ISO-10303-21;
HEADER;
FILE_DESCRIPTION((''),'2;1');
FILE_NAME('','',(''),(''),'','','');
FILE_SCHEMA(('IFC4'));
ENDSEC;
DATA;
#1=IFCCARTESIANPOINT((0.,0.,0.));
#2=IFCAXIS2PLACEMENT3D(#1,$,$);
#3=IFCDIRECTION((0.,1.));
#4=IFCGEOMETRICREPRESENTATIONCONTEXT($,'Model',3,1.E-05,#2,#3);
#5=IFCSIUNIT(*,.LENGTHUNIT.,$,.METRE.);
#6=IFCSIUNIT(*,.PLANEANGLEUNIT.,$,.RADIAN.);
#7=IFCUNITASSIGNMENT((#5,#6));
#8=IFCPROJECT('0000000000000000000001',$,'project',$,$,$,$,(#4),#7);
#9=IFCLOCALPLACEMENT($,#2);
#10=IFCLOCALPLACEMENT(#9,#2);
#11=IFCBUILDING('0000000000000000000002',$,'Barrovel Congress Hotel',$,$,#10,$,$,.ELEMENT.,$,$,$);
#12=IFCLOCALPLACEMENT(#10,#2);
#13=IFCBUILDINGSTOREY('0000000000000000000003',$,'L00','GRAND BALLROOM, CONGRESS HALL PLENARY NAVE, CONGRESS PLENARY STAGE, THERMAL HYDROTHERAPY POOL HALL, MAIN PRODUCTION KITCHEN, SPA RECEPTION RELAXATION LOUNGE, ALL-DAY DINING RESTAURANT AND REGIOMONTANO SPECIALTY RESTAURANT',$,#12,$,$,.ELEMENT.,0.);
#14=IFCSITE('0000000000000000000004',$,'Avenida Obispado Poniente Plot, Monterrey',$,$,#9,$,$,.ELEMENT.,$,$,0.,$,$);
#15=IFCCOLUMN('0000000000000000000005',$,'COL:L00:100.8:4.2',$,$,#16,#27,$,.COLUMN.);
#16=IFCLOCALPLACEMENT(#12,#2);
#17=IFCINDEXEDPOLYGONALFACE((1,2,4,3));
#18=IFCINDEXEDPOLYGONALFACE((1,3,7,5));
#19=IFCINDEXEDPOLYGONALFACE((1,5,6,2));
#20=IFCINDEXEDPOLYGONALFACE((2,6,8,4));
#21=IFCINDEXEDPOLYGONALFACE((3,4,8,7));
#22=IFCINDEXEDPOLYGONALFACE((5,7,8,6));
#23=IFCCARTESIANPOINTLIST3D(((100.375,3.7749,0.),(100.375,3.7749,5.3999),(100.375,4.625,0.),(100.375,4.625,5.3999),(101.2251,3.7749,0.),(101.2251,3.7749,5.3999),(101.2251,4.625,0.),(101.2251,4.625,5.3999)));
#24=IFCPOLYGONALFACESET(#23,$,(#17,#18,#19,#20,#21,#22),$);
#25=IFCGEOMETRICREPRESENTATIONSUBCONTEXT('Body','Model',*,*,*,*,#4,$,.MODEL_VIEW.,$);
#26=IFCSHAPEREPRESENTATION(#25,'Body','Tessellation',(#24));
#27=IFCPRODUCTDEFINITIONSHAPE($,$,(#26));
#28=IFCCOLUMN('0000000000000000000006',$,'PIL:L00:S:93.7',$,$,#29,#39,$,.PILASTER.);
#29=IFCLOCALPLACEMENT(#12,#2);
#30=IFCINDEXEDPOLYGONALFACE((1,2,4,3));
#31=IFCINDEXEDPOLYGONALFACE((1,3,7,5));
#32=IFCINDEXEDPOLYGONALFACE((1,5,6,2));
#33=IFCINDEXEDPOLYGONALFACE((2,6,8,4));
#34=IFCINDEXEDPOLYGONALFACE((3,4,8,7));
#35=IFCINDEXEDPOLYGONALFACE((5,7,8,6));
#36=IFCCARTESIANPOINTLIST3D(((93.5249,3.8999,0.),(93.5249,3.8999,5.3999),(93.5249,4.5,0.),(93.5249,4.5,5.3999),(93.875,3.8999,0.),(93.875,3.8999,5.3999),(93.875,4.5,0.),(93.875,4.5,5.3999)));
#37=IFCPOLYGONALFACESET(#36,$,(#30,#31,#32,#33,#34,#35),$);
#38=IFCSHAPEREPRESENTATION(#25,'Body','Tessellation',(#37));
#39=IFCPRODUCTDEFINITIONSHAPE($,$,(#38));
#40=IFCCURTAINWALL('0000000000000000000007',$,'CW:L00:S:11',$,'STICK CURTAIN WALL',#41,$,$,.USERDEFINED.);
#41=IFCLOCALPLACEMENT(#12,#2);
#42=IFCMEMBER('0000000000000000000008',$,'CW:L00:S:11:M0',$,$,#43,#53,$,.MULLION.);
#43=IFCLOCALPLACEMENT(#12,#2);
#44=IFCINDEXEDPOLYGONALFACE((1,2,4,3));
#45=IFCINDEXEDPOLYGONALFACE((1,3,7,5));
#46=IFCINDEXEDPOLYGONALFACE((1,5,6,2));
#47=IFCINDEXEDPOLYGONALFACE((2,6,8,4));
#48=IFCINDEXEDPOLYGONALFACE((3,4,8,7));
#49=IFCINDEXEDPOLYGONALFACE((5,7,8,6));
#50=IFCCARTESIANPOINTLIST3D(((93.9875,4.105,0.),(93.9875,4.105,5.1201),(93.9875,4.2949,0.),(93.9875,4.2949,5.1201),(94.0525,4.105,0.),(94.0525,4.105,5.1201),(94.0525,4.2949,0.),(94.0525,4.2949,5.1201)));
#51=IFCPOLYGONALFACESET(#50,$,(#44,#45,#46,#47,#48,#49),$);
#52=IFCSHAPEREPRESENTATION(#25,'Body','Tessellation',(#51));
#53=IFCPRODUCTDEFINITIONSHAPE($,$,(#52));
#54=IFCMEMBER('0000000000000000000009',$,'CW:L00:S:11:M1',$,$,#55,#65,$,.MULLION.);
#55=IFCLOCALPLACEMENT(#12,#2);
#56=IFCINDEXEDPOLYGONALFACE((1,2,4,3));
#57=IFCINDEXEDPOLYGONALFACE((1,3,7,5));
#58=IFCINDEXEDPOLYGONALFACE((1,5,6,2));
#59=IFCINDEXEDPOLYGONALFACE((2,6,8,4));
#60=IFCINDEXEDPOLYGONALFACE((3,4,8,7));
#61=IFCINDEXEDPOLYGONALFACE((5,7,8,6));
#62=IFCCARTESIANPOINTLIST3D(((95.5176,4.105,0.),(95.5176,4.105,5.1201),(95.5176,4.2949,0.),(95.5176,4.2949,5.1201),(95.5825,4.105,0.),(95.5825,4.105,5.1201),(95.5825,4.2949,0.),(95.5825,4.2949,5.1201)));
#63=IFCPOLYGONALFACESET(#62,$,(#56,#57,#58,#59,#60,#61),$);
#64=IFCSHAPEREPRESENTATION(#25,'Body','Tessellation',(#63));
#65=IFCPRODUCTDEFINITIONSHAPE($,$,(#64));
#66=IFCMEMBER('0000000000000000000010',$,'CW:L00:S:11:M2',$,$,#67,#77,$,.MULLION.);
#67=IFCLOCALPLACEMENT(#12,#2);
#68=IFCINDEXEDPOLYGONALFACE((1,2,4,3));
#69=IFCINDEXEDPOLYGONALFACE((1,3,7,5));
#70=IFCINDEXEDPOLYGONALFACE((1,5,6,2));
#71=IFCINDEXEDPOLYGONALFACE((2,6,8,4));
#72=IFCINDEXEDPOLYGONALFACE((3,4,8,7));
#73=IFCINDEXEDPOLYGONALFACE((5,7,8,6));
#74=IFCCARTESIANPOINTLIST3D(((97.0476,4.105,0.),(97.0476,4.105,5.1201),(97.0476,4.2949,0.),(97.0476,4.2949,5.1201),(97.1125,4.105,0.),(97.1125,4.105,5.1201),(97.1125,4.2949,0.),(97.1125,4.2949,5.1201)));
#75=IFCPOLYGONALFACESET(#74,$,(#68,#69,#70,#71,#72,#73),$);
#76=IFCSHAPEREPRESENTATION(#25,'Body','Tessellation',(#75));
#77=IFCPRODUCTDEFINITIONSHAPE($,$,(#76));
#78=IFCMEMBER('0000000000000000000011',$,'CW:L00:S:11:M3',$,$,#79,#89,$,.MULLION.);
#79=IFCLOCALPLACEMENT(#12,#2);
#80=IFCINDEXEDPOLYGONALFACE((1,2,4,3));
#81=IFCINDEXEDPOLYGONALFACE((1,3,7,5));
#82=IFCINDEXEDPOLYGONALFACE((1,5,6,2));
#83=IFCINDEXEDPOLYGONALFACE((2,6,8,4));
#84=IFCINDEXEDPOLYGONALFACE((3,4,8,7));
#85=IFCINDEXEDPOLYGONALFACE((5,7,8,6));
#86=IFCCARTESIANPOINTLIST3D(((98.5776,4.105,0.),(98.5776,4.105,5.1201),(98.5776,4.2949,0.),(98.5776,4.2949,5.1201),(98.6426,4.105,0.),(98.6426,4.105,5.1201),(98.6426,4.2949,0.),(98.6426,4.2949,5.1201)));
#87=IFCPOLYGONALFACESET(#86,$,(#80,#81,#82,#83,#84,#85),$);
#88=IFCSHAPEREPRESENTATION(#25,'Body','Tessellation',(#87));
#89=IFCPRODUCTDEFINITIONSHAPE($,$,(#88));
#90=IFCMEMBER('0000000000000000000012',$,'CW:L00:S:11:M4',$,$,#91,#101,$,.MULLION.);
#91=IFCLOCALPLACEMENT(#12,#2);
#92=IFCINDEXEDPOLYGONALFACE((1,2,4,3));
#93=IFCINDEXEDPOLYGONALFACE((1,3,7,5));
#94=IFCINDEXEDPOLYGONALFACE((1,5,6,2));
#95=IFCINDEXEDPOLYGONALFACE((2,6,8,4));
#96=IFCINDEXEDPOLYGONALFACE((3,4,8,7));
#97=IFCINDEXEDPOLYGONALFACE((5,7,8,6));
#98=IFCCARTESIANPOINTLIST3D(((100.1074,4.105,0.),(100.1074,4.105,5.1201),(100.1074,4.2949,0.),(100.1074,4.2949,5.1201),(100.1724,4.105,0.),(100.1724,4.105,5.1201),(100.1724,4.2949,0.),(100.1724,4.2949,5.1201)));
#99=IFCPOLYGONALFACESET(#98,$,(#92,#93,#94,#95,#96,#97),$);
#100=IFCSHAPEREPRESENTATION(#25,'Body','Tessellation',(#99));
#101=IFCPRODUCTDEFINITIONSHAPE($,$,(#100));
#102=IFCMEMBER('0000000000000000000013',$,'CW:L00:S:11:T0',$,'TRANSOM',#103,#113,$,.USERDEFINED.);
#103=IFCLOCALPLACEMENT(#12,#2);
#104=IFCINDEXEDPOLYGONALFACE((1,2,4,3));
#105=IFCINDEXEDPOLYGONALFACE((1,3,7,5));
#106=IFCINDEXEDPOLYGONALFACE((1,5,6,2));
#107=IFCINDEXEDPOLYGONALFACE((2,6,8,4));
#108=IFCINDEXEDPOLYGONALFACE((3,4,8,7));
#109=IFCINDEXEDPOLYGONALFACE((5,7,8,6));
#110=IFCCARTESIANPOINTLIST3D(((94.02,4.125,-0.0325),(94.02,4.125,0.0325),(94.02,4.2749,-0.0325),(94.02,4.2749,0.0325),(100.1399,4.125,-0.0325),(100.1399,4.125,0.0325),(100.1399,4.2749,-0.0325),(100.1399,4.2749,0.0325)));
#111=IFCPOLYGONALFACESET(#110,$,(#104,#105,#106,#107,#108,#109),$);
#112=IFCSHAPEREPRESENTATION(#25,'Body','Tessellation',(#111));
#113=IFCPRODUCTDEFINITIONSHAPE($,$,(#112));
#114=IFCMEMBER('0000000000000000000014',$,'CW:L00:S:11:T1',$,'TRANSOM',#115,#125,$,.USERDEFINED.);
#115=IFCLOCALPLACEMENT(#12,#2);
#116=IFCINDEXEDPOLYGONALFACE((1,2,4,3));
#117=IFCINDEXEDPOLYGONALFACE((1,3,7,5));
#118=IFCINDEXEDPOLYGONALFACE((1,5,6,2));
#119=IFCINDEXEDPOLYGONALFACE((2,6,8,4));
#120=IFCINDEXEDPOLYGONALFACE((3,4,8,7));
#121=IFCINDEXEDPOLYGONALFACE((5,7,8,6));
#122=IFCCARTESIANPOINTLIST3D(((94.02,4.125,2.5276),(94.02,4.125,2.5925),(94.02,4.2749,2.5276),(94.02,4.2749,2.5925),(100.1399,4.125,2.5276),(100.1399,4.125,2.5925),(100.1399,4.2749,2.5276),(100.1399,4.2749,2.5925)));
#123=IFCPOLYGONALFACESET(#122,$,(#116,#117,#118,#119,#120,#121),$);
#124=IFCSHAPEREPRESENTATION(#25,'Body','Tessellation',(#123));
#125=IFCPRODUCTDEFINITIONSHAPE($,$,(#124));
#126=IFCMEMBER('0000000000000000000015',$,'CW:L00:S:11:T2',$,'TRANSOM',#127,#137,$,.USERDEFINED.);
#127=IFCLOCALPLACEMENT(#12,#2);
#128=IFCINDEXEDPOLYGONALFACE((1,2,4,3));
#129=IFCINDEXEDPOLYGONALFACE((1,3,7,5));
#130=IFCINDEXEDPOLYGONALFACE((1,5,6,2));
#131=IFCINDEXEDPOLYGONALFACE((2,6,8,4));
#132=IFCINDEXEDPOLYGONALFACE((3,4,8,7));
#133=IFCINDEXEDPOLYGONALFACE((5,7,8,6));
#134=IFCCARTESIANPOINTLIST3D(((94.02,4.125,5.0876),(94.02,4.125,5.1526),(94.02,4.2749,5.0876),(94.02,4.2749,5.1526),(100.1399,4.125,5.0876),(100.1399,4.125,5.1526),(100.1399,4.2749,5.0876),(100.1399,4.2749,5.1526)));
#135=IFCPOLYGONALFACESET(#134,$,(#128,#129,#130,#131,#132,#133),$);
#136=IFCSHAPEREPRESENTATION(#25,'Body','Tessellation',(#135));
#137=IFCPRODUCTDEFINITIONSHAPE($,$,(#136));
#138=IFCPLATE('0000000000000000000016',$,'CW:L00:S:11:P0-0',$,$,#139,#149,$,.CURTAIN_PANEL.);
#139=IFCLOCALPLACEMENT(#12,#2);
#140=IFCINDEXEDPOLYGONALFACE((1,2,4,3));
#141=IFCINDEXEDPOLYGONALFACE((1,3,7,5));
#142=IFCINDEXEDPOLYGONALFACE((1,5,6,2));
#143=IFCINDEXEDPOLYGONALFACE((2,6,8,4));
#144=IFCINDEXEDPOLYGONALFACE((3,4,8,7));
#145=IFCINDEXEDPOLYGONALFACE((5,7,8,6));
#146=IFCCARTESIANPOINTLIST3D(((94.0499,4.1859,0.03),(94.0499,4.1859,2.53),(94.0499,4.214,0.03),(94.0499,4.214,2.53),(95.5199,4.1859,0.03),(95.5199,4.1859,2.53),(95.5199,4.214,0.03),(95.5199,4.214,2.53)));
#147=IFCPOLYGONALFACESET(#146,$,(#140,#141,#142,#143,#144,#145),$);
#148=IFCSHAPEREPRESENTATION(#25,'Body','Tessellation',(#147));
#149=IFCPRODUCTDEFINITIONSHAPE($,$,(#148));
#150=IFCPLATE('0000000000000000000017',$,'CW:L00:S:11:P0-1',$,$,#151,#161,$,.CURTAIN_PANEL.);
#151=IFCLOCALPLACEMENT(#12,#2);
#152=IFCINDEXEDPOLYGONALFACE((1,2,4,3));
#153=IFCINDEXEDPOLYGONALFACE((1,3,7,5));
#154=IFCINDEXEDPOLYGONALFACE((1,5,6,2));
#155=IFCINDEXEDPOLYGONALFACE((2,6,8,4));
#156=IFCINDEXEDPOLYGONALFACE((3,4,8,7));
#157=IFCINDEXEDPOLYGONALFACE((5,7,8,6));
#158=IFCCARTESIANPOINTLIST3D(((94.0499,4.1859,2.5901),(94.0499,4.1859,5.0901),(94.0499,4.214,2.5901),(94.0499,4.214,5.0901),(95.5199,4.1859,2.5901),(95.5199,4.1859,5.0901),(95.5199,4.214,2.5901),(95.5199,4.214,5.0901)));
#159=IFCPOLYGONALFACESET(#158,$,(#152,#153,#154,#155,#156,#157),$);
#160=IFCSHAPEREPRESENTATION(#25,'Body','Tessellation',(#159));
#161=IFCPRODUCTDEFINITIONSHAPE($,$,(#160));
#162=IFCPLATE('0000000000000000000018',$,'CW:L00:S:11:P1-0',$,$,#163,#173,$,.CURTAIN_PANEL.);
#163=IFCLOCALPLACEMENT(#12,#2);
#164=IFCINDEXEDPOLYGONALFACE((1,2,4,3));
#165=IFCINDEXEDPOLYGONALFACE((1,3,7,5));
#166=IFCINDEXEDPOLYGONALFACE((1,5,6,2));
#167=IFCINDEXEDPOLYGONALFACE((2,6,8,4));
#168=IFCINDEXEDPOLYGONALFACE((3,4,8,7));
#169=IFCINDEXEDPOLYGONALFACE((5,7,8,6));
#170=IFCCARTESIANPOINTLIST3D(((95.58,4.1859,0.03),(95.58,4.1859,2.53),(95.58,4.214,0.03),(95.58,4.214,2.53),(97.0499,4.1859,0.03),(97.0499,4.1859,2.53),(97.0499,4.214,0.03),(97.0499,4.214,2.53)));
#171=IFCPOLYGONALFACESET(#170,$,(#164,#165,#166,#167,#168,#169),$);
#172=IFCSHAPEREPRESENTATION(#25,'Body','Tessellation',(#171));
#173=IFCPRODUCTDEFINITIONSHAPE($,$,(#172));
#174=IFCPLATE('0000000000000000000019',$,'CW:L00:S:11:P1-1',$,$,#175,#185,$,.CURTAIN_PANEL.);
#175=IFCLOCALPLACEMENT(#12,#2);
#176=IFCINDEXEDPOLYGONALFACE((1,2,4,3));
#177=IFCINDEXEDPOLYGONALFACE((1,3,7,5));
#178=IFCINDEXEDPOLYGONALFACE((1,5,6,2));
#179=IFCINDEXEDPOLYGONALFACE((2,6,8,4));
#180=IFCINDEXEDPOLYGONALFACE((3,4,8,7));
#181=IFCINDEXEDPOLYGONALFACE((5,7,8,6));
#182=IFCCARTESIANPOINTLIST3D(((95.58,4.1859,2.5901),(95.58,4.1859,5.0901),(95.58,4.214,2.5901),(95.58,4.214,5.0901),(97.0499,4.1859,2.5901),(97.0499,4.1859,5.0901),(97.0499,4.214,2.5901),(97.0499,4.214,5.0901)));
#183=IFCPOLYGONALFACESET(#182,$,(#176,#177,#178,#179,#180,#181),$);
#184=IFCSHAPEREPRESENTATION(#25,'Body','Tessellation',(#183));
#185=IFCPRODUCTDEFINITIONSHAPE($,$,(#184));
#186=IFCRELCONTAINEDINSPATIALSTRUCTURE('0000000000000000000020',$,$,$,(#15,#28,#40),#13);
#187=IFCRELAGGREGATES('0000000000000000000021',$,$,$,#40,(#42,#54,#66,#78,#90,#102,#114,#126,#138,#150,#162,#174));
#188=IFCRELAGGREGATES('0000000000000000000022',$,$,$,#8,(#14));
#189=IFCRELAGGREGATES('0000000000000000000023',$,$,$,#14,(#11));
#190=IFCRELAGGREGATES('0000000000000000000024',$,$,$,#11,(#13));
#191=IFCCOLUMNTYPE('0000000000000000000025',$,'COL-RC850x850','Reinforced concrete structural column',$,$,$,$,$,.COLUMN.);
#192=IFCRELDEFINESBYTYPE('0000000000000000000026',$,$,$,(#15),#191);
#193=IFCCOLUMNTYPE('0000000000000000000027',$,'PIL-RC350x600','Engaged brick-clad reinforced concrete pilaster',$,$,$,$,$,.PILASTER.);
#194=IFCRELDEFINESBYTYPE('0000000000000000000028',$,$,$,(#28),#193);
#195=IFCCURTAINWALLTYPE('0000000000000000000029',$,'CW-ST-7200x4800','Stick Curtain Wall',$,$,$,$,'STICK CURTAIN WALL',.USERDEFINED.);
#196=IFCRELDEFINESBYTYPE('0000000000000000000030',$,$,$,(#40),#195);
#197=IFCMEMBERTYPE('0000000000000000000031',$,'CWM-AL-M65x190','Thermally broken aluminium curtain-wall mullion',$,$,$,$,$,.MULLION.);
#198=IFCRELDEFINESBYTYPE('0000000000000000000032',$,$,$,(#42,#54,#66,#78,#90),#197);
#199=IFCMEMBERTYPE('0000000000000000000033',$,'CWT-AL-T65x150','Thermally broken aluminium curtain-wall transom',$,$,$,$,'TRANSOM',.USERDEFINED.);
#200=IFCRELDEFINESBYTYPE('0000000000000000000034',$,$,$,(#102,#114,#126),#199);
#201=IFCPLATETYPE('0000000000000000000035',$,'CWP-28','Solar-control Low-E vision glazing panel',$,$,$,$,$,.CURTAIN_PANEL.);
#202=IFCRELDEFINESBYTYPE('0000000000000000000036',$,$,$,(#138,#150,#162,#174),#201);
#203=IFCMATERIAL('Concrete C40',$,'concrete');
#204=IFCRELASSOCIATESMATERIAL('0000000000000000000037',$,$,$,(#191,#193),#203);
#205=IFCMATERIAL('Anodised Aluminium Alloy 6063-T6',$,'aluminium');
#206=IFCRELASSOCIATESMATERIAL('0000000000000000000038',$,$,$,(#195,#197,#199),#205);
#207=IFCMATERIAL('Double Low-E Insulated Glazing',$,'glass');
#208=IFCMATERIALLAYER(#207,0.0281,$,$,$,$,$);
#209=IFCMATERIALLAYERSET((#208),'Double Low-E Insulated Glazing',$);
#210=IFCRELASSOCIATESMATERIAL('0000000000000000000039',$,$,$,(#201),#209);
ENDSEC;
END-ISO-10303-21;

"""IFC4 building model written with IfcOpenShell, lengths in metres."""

from ifc_helpers import new_model, si_unit, direction, frame, origin, origin_2d, place, context, subcontext, project, spatial, rectangle, extrude, material, layer, layer_set, material_profile, profile_set, type_object, element, aggregate, save


model = new_model("IFC4")

# Units and contexts
model_context = context("Model", 3, precision=1e-05, world=origin(), true_north=direction((0.0, 1.0)))
body_context = subcontext(model_context, "Body", "Model", "MODEL_VIEW")
ifc_project = project(units=[si_unit("LENGTHUNIT", "METRE"), si_unit("PLANEANGLEUNIT", "RADIAN")], contexts=[model_context])

# Site, building, storey
site_placement = place(None, origin())
site = spatial("IfcSite", under=ifc_project, at=site_placement, Name="Avenida Obispado Poniente Plot, Monterrey", CompositionType="ELEMENT", RefElevation=0.0)
building_placement = place(site_placement, origin())
building = spatial("IfcBuilding", under=site, at=building_placement, Name="Barrovel Congress Hotel", CompositionType="ELEMENT")
storey_placement = place(building_placement, origin())
storey = spatial("IfcBuildingStorey", under=building, at=storey_placement, Name="L00", Description="GRAND BALLROOM, CONGRESS HALL PLENARY NAVE, CONGRESS PLENARY STAGE, THERMAL HYDROTHERAPY POOL HALL, MAIN PRODUCTION KITCHEN, SPA RECEPTION RELAXATION LOUNGE, ALL-DAY DINING RESTAURANT AND REGIOMONTANO SPECIALTY RESTAURANT", CompositionType="ELEMENT", Elevation=0.0)

# Columns
ifc_material_1 = material(Name="Concrete C40", Category="concrete")
ifc_material_profile_1 = material_profile(ifc_material_1, rectangle(XDim=0.8501, YDim=0.8501, at=origin_2d()), Name="RC850x850")
ifc_profile_set_1 = profile_set([ifc_material_profile_1], Name="Concrete C40")
column_type_1 = type_object("IfcColumnType", Name="COL-RC850x850", Description="Reinforced concrete structural column", PredefinedType="COLUMN", material=ifc_profile_set_1)
column_1_placement = place(storey_placement, frame((100.8, 4.2, 0.0), z_axis=(0.0, 0.0, 1.0), x_axis=(1.0, 0.0, 0.0)))
element("IfcColumn", 1, at=column_1_placement, inside=storey, type_object=column_type_1, Name="COL:L00:100.8:4.2", PredefinedType="COLUMN", context=body_context, shape_type="SweptSolid", body=[
    extrude(rectangle(XDim=0.8501, YDim=0.8501, at=origin_2d()), origin(), (0.0, 0.0, 1.0), 5.3999),
])
ifc_material_profile_2 = material_profile(ifc_material_1, rectangle(XDim=0.3501, YDim=0.6001, at=origin_2d()), Name="RC350x600")
ifc_profile_set_2 = profile_set([ifc_material_profile_2], Name="Concrete C40")
column_type_2 = type_object("IfcColumnType", Name="PIL-RC350x600", Description="Engaged brick-clad reinforced concrete pilaster", PredefinedType="PILASTER", material=ifc_profile_set_2)
column_2_placement = place(storey_placement, frame((93.7, 4.2, 0.0), z_axis=(0.0, 0.0, 1.0), x_axis=(1.0, 0.0, 0.0)))
element("IfcColumn", 2, at=column_2_placement, inside=storey, type_object=column_type_2, Name="PIL:L00:S:93.7", PredefinedType="PILASTER", context=body_context, shape_type="SweptSolid", body=[
    extrude(rectangle(XDim=0.3501, YDim=0.6001, at=origin_2d()), origin(), (0.0, 0.0, 1.0), 5.3999),
])

# Curtain wall, members, plates
ifc_material_2 = material(Name="Anodised Aluminium Alloy 6063-T6", Category="aluminium")
curtain_wall_type = type_object("IfcCurtainWallType", Name="CW-ST-7200x4800", Description="Stick Curtain Wall", ElementType="STICK CURTAIN WALL", PredefinedType="USERDEFINED", material=ifc_material_2)
curtain_wall_placement = place(storey_placement, origin())
curtain_wall = element("IfcCurtainWall", 3, at=curtain_wall_placement, inside=storey, type_object=curtain_wall_type, Name="CW:L00:S:11", ObjectType="STICK CURTAIN WALL", PredefinedType="USERDEFINED")
ifc_material_profile_3 = material_profile(ifc_material_2, rectangle(XDim=0.0649, YDim=0.1899, at=origin_2d()), Name="AL-M65x190")
ifc_profile_set_3 = profile_set([ifc_material_profile_3], Name="Anodised Aluminium Alloy 6063-T6")
member_type_1 = type_object("IfcMemberType", Name="CWM-AL-M65x190", Description="Thermally broken aluminium curtain-wall mullion", PredefinedType="MULLION", material=ifc_profile_set_3)
member_1_placement = place(storey_placement, frame((94.02, 4.2, 0.0), z_axis=(0.0, 0.0, 1.0), x_axis=(1.0, 0.0, 0.0)))
member_1 = element("IfcMember", 4, at=member_1_placement, type_object=member_type_1, Name="CW:L00:S:11:M0", PredefinedType="MULLION", context=body_context, shape_type="SweptSolid", body=[
    extrude(rectangle(XDim=0.0649, YDim=0.1899, at=origin_2d()), origin(), (0.0, 0.0, 1.0), 5.1201),
])
member_2_placement = place(storey_placement, frame((95.55, 4.2, 0.0), z_axis=(0.0, 0.0, 1.0), x_axis=(1.0, 0.0, 0.0)))
member_2 = element("IfcMember", 5, at=member_2_placement, type_object=member_type_1, Name="CW:L00:S:11:M1", PredefinedType="MULLION", context=body_context, shape_type="SweptSolid", body=[
    extrude(rectangle(XDim=0.0649, YDim=0.1899, at=origin_2d()), origin(), (0.0, 0.0, 1.0), 5.1201),
])
member_3_placement = place(storey_placement, frame((97.0801, 4.2, 0.0), z_axis=(0.0, 0.0, 1.0), x_axis=(1.0, 0.0, 0.0)))
member_3 = element("IfcMember", 6, at=member_3_placement, type_object=member_type_1, Name="CW:L00:S:11:M2", PredefinedType="MULLION", context=body_context, shape_type="SweptSolid", body=[
    extrude(rectangle(XDim=0.0649, YDim=0.1899, at=origin_2d()), origin(), (0.0, 0.0, 1.0), 5.1201),
])
member_4_placement = place(storey_placement, frame((98.6101, 4.2, 0.0), z_axis=(0.0, 0.0, 1.0), x_axis=(1.0, 0.0, 0.0)))
member_4 = element("IfcMember", 7, at=member_4_placement, type_object=member_type_1, Name="CW:L00:S:11:M3", PredefinedType="MULLION", context=body_context, shape_type="SweptSolid", body=[
    extrude(rectangle(XDim=0.0649, YDim=0.1899, at=origin_2d()), origin(), (0.0, 0.0, 1.0), 5.1201),
])
member_5_placement = place(storey_placement, frame((100.1399, 4.2, 0.0), z_axis=(0.0, 0.0, 1.0), x_axis=(1.0, 0.0, 0.0)))
member_5 = element("IfcMember", 8, at=member_5_placement, type_object=member_type_1, Name="CW:L00:S:11:M4", PredefinedType="MULLION", context=body_context, shape_type="SweptSolid", body=[
    extrude(rectangle(XDim=0.0649, YDim=0.1899, at=origin_2d()), origin(), (0.0, 0.0, 1.0), 5.1201),
])
ifc_material_profile_4 = material_profile(ifc_material_2, rectangle(XDim=0.1499, YDim=0.0649, at=origin_2d()), Name="AL-T65x150")
ifc_profile_set_4 = profile_set([ifc_material_profile_4], Name="Anodised Aluminium Alloy 6063-T6")
member_type_2 = type_object("IfcMemberType", Name="CWT-AL-T65x150", Description="Thermally broken aluminium curtain-wall transom", ElementType="TRANSOM", PredefinedType="USERDEFINED", material=ifc_profile_set_4)
member_6_placement = place(storey_placement, frame((94.02, 4.2, 0.0), z_axis=(1.0, 0.0, 0.0), x_axis=(0.0, 1.0, 0.0)))
member_6 = element("IfcMember", 9, at=member_6_placement, type_object=member_type_2, Name="CW:L00:S:11:T0", ObjectType="TRANSOM", PredefinedType="USERDEFINED", context=body_context, shape_type="SweptSolid", body=[
    extrude(rectangle(XDim=0.1499, YDim=0.0649, at=origin_2d()), origin(), (0.0, 0.0, 1.0), 6.1199),
])
member_7_placement = place(storey_placement, frame((94.02, 4.2, 2.5601), z_axis=(1.0, 0.0, 0.0), x_axis=(0.0, 1.0, 0.0)))
member_7 = element("IfcMember", 10, at=member_7_placement, type_object=member_type_2, Name="CW:L00:S:11:T1", ObjectType="TRANSOM", PredefinedType="USERDEFINED", context=body_context, shape_type="SweptSolid", body=[
    extrude(rectangle(XDim=0.1499, YDim=0.0649, at=origin_2d()), origin(), (0.0, 0.0, 1.0), 6.1199),
])
member_8_placement = place(storey_placement, frame((94.02, 4.2, 5.1201), z_axis=(1.0, 0.0, 0.0), x_axis=(0.0, 1.0, 0.0)))
member_8 = element("IfcMember", 11, at=member_8_placement, type_object=member_type_2, Name="CW:L00:S:11:T2", ObjectType="TRANSOM", PredefinedType="USERDEFINED", context=body_context, shape_type="SweptSolid", body=[
    extrude(rectangle(XDim=0.1499, YDim=0.0649, at=origin_2d()), origin(), (0.0, 0.0, 1.0), 6.1199),
])
ifc_material_3 = material(Name="Double Low-E Insulated Glazing", Category="glass")
ifc_layer_1 = layer(ifc_material_3, 0.0281)
ifc_layer_set_1 = layer_set([ifc_layer_1], Name="Double Low-E Insulated Glazing")
plate_type = type_object("IfcPlateType", Name="CWP-28", Description="Solar-control Low-E vision glazing panel", PredefinedType="CURTAIN_PANEL", material=ifc_layer_set_1)
plate_1_placement = place(storey_placement, frame((94.7849, 4.2, 0.03), z_axis=(0.0, 0.0, 1.0), x_axis=(1.0, 0.0, 0.0)))
plate_1 = element("IfcPlate", 12, at=plate_1_placement, type_object=plate_type, Name="CW:L00:S:11:P0-0", PredefinedType="CURTAIN_PANEL", context=body_context, shape_type="SweptSolid", body=[
    extrude(rectangle(XDim=1.47, YDim=0.0281, at=origin_2d()), origin(), (0.0, 0.0, 1.0), 2.5),
])
plate_2_placement = place(storey_placement, frame((94.7849, 4.2, 2.5901), z_axis=(0.0, 0.0, 1.0), x_axis=(1.0, 0.0, 0.0)))
plate_2 = element("IfcPlate", 13, at=plate_2_placement, type_object=plate_type, Name="CW:L00:S:11:P0-1", PredefinedType="CURTAIN_PANEL", context=body_context, shape_type="SweptSolid", body=[
    extrude(rectangle(XDim=1.47, YDim=0.0281, at=origin_2d()), origin(), (0.0, 0.0, 1.0), 2.5),
])
plate_3_placement = place(storey_placement, frame((96.3149, 4.2, 0.03), z_axis=(0.0, 0.0, 1.0), x_axis=(1.0, 0.0, 0.0)))
plate_3 = element("IfcPlate", 14, at=plate_3_placement, type_object=plate_type, Name="CW:L00:S:11:P1-0", PredefinedType="CURTAIN_PANEL", context=body_context, shape_type="SweptSolid", body=[
    extrude(rectangle(XDim=1.47, YDim=0.0281, at=origin_2d()), origin(), (0.0, 0.0, 1.0), 2.5),
])
plate_4_placement = place(storey_placement, frame((96.3149, 4.2, 2.5901), z_axis=(0.0, 0.0, 1.0), x_axis=(1.0, 0.0, 0.0)))
plate_4 = element("IfcPlate", 15, at=plate_4_placement, type_object=plate_type, Name="CW:L00:S:11:P1-1", PredefinedType="CURTAIN_PANEL", context=body_context, shape_type="SweptSolid", body=[
    extrude(rectangle(XDim=1.47, YDim=0.0281, at=origin_2d()), origin(), (0.0, 0.0, 1.0), 2.5),
])
aggregate(curtain_wall, [member_1, member_2, member_3, member_4, member_5, member_6, member_7, member_8, plate_1, plate_2, plate_3, plate_4])

save(model, "model.ifc")
